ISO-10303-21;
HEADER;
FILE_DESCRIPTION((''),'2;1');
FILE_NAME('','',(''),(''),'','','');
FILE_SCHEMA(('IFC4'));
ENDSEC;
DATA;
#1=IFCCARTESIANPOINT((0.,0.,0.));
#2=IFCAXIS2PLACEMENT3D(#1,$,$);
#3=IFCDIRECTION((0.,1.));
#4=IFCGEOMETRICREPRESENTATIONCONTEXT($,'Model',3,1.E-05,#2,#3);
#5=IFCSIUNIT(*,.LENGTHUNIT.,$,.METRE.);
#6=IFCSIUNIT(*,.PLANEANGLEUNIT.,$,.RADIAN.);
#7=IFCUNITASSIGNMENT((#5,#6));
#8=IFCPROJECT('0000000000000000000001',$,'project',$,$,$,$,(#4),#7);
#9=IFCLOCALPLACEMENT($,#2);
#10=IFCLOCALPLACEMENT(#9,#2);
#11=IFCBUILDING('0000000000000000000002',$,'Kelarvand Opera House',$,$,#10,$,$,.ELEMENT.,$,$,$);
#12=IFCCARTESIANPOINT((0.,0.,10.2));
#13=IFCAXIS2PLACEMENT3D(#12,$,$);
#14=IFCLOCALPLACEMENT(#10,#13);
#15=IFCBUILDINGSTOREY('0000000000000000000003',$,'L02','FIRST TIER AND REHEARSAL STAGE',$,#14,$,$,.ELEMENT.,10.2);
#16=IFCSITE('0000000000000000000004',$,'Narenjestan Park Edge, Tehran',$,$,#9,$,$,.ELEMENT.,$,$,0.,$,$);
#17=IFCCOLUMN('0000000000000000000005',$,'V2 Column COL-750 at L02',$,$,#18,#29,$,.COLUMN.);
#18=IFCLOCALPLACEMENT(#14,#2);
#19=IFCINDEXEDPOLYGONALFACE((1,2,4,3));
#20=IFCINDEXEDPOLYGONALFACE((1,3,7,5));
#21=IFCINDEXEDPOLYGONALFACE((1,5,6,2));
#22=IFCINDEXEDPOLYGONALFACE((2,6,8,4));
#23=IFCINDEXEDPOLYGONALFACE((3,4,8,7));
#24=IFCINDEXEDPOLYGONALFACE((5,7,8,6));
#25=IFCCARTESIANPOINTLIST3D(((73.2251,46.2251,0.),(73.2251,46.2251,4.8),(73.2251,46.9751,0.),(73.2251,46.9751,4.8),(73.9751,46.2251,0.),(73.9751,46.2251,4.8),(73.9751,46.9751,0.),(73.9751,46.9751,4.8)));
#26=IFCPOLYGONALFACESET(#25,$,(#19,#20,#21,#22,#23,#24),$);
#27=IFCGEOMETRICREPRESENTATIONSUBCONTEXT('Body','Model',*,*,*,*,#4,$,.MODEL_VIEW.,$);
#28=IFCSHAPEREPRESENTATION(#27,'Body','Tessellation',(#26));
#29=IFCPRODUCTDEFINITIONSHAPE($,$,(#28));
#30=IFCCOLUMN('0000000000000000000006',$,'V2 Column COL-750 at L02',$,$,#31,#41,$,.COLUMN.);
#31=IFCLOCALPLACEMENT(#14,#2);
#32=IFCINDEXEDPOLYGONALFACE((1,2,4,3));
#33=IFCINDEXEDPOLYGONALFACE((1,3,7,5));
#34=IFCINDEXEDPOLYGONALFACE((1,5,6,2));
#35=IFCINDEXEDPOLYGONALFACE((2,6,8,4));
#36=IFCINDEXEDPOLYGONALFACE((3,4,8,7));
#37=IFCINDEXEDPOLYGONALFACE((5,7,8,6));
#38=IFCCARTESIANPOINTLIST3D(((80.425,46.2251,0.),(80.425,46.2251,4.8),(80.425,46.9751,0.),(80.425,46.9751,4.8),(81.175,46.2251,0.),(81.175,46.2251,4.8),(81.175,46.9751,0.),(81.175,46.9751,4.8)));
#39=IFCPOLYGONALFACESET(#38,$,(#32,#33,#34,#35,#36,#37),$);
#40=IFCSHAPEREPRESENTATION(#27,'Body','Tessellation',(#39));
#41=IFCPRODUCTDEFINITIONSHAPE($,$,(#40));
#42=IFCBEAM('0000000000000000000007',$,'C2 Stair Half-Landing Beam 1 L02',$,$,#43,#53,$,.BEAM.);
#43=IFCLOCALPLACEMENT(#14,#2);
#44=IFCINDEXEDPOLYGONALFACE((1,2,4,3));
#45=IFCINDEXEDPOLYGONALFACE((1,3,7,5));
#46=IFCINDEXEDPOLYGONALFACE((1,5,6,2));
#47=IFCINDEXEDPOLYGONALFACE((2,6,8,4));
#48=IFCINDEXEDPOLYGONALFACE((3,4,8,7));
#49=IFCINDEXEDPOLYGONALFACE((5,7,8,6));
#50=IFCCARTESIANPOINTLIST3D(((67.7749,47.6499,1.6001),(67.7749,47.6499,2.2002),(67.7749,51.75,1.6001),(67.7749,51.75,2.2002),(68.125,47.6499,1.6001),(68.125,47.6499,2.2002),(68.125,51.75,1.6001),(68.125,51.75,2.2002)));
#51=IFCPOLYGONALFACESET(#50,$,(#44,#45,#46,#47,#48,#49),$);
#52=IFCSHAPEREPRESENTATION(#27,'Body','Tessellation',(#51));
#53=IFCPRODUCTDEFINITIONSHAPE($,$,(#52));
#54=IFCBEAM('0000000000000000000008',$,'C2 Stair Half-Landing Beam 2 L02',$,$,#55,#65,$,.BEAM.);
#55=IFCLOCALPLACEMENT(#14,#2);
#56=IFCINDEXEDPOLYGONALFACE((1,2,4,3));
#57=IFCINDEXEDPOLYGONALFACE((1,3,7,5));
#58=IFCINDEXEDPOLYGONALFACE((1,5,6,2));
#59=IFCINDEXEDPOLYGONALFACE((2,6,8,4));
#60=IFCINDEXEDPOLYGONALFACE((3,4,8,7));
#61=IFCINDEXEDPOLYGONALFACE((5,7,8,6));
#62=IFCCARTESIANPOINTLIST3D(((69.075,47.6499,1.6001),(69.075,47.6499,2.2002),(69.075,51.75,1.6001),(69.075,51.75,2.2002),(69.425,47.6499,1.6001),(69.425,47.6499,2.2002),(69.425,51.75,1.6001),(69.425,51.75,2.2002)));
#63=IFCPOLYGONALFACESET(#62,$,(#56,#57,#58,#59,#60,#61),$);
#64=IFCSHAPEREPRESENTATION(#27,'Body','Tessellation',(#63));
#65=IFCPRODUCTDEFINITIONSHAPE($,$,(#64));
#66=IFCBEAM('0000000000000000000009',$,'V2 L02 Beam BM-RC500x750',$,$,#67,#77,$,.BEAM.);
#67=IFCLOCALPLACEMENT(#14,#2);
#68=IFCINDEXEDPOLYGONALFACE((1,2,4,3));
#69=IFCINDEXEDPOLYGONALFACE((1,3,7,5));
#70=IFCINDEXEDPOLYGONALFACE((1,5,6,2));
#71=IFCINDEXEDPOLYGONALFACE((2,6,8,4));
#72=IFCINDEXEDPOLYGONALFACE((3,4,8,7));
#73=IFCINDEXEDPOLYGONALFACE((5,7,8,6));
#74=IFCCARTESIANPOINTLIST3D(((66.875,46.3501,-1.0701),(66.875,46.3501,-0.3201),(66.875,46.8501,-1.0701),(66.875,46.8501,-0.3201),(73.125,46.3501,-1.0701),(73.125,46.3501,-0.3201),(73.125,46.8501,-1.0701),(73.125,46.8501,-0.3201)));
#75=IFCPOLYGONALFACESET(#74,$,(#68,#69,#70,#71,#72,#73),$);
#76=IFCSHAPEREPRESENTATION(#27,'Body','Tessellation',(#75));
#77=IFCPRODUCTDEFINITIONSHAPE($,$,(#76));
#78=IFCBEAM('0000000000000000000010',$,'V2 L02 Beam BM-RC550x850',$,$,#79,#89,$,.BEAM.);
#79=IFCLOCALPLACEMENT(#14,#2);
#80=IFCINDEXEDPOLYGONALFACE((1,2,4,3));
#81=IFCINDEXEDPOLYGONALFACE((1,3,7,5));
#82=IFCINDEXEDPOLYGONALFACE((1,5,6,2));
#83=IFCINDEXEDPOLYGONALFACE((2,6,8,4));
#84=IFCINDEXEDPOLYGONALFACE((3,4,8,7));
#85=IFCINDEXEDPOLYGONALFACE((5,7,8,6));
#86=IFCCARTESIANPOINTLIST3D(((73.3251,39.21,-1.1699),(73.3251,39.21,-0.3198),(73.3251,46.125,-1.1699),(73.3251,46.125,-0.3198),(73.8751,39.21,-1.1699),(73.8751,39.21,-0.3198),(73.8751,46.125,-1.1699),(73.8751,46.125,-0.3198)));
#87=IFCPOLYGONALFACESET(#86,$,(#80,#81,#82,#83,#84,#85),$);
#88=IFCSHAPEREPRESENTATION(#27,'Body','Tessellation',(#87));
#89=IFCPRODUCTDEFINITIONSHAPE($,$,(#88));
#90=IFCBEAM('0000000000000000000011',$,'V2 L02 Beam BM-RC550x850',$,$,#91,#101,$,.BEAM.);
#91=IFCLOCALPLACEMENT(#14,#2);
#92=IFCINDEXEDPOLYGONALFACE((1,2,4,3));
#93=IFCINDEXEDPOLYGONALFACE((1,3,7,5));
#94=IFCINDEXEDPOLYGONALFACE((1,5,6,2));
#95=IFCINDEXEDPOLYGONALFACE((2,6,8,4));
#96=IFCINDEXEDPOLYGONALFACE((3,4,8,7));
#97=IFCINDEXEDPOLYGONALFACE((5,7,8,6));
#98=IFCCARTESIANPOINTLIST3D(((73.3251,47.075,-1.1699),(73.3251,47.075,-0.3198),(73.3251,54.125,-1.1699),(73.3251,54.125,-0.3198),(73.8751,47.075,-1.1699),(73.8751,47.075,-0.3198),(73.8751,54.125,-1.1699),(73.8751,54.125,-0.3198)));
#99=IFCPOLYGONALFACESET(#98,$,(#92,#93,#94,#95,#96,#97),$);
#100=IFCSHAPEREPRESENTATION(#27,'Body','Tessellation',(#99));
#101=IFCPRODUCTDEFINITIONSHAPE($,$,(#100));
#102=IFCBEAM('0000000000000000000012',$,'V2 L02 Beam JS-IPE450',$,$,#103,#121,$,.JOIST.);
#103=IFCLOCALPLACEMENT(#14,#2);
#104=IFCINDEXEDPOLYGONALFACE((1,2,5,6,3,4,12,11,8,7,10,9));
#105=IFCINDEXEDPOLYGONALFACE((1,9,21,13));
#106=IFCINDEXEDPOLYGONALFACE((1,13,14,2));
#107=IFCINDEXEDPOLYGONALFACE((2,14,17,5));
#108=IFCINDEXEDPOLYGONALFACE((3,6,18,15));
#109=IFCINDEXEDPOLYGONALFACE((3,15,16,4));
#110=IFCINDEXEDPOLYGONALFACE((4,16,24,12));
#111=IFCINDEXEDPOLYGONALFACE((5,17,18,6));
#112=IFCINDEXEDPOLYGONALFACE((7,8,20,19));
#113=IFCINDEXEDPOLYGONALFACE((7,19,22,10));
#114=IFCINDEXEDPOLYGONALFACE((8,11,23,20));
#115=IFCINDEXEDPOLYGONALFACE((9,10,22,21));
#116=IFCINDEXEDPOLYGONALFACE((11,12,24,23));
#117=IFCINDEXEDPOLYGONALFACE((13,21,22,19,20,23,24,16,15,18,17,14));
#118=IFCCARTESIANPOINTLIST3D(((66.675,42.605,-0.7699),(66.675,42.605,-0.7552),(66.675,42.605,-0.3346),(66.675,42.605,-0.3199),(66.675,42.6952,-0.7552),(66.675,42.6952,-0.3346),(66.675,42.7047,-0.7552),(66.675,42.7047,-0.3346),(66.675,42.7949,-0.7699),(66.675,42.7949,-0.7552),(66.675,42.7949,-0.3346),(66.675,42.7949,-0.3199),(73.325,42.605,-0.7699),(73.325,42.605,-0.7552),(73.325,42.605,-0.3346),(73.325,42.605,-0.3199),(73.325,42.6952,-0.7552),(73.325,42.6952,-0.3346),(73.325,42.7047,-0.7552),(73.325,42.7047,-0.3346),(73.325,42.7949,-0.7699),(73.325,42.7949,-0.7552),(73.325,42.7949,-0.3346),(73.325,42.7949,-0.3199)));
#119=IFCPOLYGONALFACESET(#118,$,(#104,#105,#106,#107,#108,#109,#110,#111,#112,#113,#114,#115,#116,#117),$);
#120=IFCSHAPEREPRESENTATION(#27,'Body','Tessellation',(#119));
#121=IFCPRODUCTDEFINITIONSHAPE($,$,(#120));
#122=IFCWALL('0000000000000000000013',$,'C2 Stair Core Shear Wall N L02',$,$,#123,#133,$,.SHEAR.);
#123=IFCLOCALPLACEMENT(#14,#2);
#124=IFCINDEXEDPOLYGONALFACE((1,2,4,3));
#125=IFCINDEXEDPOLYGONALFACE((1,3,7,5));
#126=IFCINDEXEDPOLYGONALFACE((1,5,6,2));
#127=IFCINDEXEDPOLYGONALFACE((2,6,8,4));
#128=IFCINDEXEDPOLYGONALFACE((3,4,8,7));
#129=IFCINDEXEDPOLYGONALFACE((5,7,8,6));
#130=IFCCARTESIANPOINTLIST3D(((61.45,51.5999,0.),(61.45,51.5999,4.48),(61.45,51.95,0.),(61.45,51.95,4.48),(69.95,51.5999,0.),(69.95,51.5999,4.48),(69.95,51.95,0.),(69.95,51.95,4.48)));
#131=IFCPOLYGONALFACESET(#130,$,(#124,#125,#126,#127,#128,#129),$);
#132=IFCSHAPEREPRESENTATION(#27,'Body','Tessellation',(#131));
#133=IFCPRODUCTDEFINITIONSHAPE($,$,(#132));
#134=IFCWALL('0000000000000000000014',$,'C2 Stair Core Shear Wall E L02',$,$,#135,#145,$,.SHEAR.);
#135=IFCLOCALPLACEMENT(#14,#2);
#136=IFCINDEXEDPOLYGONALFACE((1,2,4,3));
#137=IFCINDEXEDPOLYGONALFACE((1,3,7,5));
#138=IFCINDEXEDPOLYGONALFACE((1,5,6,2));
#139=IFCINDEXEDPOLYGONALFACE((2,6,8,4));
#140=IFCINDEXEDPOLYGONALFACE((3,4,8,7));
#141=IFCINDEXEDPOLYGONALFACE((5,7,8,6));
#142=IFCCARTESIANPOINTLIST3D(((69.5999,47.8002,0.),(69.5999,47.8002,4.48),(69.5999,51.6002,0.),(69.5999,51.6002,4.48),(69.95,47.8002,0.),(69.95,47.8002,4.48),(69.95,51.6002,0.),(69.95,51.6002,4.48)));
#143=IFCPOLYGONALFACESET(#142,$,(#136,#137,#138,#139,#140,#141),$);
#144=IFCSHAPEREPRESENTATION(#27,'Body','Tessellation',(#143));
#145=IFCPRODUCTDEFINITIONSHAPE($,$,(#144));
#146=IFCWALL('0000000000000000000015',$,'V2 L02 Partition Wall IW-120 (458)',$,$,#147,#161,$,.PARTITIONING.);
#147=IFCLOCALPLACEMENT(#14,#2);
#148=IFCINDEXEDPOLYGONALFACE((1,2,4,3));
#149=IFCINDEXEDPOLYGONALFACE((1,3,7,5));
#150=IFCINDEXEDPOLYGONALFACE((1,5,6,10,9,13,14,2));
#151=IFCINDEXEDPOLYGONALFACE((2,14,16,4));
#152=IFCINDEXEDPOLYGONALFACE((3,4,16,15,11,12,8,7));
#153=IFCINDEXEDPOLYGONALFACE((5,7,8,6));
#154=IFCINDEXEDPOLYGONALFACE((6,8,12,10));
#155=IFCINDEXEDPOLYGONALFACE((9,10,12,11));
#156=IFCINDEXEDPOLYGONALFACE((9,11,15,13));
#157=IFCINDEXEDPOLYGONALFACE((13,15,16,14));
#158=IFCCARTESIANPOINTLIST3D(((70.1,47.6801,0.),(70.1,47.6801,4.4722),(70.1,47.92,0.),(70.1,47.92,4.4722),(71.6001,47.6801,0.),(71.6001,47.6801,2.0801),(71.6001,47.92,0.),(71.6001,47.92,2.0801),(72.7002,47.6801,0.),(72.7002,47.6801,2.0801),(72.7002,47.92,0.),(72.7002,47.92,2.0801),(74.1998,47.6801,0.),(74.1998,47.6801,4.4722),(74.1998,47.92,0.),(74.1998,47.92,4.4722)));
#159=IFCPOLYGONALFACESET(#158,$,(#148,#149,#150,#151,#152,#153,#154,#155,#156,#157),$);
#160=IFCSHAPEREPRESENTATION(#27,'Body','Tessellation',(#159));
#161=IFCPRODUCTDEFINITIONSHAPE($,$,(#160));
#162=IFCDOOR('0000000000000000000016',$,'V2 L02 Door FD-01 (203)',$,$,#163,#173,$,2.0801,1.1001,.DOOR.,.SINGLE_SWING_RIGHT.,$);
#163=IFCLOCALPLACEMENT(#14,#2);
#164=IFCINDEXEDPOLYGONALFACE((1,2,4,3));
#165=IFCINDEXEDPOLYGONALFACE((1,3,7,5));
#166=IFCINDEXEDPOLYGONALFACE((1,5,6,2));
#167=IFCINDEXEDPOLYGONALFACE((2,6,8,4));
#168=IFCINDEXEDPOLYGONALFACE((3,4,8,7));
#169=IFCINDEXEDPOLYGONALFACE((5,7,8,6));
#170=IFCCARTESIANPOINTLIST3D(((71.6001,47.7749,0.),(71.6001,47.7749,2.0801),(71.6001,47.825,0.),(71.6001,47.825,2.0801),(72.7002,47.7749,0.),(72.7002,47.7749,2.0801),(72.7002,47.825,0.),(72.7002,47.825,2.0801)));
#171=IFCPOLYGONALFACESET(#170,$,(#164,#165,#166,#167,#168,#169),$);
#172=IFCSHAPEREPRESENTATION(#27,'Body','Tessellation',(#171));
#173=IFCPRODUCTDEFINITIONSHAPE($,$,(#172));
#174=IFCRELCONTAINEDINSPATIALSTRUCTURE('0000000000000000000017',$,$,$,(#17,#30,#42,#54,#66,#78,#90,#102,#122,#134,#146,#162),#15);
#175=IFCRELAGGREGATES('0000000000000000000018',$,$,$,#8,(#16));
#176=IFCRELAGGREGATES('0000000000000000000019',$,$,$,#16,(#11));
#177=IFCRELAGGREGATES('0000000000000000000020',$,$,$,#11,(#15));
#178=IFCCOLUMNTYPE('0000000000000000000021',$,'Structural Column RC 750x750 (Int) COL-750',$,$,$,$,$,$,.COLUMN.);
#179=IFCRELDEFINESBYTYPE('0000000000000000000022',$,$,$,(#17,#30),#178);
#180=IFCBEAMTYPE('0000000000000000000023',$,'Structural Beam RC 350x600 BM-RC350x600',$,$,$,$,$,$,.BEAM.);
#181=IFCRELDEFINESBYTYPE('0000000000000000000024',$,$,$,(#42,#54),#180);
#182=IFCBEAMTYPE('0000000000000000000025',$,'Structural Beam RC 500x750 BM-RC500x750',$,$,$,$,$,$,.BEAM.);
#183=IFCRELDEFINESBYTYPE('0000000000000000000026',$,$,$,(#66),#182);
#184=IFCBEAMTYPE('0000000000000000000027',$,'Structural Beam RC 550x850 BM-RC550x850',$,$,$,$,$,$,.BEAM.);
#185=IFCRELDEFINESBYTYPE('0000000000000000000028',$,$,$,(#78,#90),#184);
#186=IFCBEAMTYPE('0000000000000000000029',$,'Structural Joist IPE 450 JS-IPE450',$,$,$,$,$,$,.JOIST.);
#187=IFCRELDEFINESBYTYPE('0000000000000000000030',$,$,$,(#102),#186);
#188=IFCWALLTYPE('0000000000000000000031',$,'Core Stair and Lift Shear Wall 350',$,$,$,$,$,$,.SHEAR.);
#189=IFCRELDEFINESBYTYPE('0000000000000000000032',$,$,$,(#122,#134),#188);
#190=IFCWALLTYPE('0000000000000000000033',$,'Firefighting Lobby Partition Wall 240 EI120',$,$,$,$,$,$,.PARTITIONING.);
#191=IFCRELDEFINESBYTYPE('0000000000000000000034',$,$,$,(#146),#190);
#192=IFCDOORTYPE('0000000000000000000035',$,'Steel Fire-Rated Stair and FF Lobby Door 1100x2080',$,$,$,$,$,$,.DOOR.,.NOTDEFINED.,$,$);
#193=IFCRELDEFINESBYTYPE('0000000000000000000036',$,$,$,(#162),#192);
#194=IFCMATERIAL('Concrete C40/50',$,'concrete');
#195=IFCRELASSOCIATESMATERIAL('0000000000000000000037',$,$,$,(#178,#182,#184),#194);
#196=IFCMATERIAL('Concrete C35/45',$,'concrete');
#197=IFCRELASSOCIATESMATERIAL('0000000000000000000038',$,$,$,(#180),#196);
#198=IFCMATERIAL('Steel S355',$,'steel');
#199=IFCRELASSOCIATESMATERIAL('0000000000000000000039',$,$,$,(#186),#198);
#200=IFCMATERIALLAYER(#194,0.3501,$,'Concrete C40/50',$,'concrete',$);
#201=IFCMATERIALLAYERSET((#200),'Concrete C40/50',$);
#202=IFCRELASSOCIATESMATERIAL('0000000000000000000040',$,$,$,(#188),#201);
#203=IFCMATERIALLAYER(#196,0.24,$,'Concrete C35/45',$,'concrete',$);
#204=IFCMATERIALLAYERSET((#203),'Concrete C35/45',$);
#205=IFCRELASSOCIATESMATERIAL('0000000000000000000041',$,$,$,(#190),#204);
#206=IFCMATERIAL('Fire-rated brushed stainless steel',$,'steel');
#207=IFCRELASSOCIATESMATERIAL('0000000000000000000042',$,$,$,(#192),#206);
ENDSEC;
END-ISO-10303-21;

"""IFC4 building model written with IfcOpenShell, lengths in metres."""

from ifc_helpers import new_model, si_unit, direction, frame, frame_2d, origin, origin_2d, place, context, subcontext, project, spatial, rectangle, i_section, extrude, material, layer, layer_set, material_profile, profile_set, type_object, element, fill, save


model = new_model("IFC4")

# Units and contexts
model_context = context("Model", 3, precision=1e-05, world=origin(), true_north=direction((0.0, 1.0)))
body_context = subcontext(model_context, "Body", "Model", "MODEL_VIEW")
ifc_project = project(units=[si_unit("LENGTHUNIT", "METRE"), si_unit("PLANEANGLEUNIT", "RADIAN")], contexts=[model_context])

# Site, building, storey
site_placement = place(None, origin())
site = spatial("IfcSite", under=ifc_project, at=site_placement, Name="Narenjestan Park Edge, Tehran", CompositionType="ELEMENT", RefElevation=0.0)
building_placement = place(site_placement, origin())
building = spatial("IfcBuilding", under=site, at=building_placement, Name="Kelarvand Opera House", CompositionType="ELEMENT")
storey_placement = place(building_placement, frame((0.0, 0.0, 10.2)))
storey = spatial("IfcBuildingStorey", under=building, at=storey_placement, Name="L02", Description="FIRST TIER AND REHEARSAL STAGE", CompositionType="ELEMENT", Elevation=10.2)

# Columns
ifc_material_1 = material(Name="Concrete C40/50", Category="concrete")
ifc_material_profile_1 = material_profile(ifc_material_1, rectangle(XDim=0.75, YDim=0.75, at=origin_2d()), Name="RC 750x750", Category="concrete")
ifc_profile_set_1 = profile_set([ifc_material_profile_1], Name="Concrete C40/50")
column_type = type_object("IfcColumnType", Name="Structural Column RC 750x750 (Int) COL-750", PredefinedType="COLUMN", material=ifc_profile_set_1)
for number, where, z_axis, x_axis, name in (
    (1, (73.6001, 46.6001, 0.0), (0.0, 0.0, 1.0), (1.0, 0.0, 0.0), "V2 Column COL-750 at L02"),
    (2, (80.8, 46.6001, 0.0), (0.0, 0.0, 1.0), (1.0, 0.0, 0.0), "V2 Column COL-750 at L02"),
):
    element("IfcColumn", number, at=place(storey_placement, frame(where, z_axis=z_axis, x_axis=x_axis)), inside=storey, type_object=column_type, Name=name, PredefinedType="COLUMN", context=body_context, shape_type="SweptSolid", body=[
        extrude(rectangle(XDim=0.75, YDim=0.75, at=origin_2d()), origin(), (0.0, 0.0, 1.0), 4.8),
    ])

# Beams
ifc_material_2 = material(Name="Concrete C35/45", Category="concrete")
ifc_material_profile_2 = material_profile(ifc_material_2, rectangle(XDim=0.3501, YDim=0.6001, at=origin_2d()), Name="RC 350x600", Category="concrete")
ifc_profile_set_2 = profile_set([ifc_material_profile_2], Name="Concrete C35/45")
beam_type_1 = type_object("IfcBeamType", Name="Structural Beam RC 350x600 BM-RC350x600", PredefinedType="BEAM", material=ifc_profile_set_2)
for number, where, z_axis, x_axis, name in (
    (3, (67.95, 47.6499, 1.9001), (0.0, 1.0, 0.0), (-1.0, 0.0, 0.0), "C2 Stair Half-Landing Beam 1 L02"),
    (4, (69.25, 47.6499, 1.9001), (0.0, 1.0, 0.0), (-1.0, 0.0, 0.0), "C2 Stair Half-Landing Beam 2 L02"),
):
    element("IfcBeam", number, at=place(storey_placement, frame(where, z_axis=z_axis, x_axis=x_axis)), inside=storey, type_object=beam_type_1, Name=name, PredefinedType="BEAM", context=body_context, shape_type="SweptSolid", body=[
        extrude(rectangle(XDim=0.3501, YDim=0.6001, at=origin_2d()), origin(), (0.0, 0.0, 1.0), 4.1001),
    ])
ifc_material_profile_3 = material_profile(ifc_material_1, rectangle(XDim=0.5, YDim=0.75, at=origin_2d()), Name="RC 500x750", Category="concrete")
ifc_profile_set_3 = profile_set([ifc_material_profile_3], Name="Concrete C40/50")
beam_type_2 = type_object("IfcBeamType", Name="Structural Beam RC 500x750 BM-RC500x750", PredefinedType="BEAM", material=ifc_profile_set_3)
beam_1_placement = place(storey_placement, frame((66.875, 46.6001, -0.6951), z_axis=(1.0, 0.0, 0.0), x_axis=(0.0, 1.0, 0.0)))
element("IfcBeam", 5, at=beam_1_placement, inside=storey, type_object=beam_type_2, Name="V2 L02 Beam BM-RC500x750", PredefinedType="BEAM", context=body_context, shape_type="SweptSolid", body=[
    extrude(rectangle(XDim=0.5, YDim=0.75, at=origin_2d()), origin(), (0.0, 0.0, 1.0), 6.25),
])
ifc_material_profile_4 = material_profile(ifc_material_1, rectangle(XDim=0.55, YDim=0.8501, at=origin_2d()), Name="RC 550x850", Category="concrete")
ifc_profile_set_4 = profile_set([ifc_material_profile_4], Name="Concrete C40/50")
beam_type_3 = type_object("IfcBeamType", Name="Structural Beam RC 550x850 BM-RC550x850", PredefinedType="BEAM", material=ifc_profile_set_4)
beam_2_placement = place(storey_placement, frame((73.6001, 39.21, -0.7449), z_axis=(0.0, 1.0, 0.0), x_axis=(-1.0, 0.0, 0.0)))
element("IfcBeam", 6, at=beam_2_placement, inside=storey, type_object=beam_type_3, Name="V2 L02 Beam BM-RC550x850", PredefinedType="BEAM", context=body_context, shape_type="SweptSolid", body=[
    extrude(rectangle(XDim=0.55, YDim=0.8501, at=origin_2d()), origin(), (0.0, 0.0, 1.0), 6.915),
])
beam_3_placement = place(storey_placement, frame((73.6001, 47.075, -0.7449), z_axis=(0.0, 1.0, 0.0), x_axis=(-1.0, 0.0, 0.0)))
element("IfcBeam", 7, at=beam_3_placement, inside=storey, type_object=beam_type_3, Name="V2 L02 Beam BM-RC550x850", PredefinedType="BEAM", context=body_context, shape_type="SweptSolid", body=[
    extrude(rectangle(XDim=0.55, YDim=0.8501, at=origin_2d()), origin(), (0.0, 0.0, 1.0), 7.05),
])
ifc_material_3 = material(Name="Steel S355", Category="steel")
ifc_material_profile_5 = material_profile(ifc_material_3, i_section(OverallWidth=0.1899, OverallDepth=0.45, WebThickness=0.0095, FlangeThickness=0.0146, at=origin_2d()), Name="IPE 450", Category="steel")
ifc_profile_set_5 = profile_set([ifc_material_profile_5], Name="Steel S355")
beam_type_4 = type_object("IfcBeamType", Name="Structural Joist IPE 450 JS-IPE450", PredefinedType="JOIST", material=ifc_profile_set_5)
beam_4_placement = place(storey_placement, frame((66.675, 42.7, -0.5449), z_axis=(1.0, 0.0, 0.0), x_axis=(0.0, 1.0, 0.0)))
element("IfcBeam", 8, at=beam_4_placement, inside=storey, type_object=beam_type_4, Name="V2 L02 Beam JS-IPE450", PredefinedType="JOIST", context=body_context, shape_type="SweptSolid", body=[
    extrude(i_section(OverallWidth=0.1899, OverallDepth=0.45, WebThickness=0.0095, FlangeThickness=0.0146, at=origin_2d()), origin(), (0.0, 0.0, 1.0), 6.6499),
])

# Walls
ifc_layer_1 = layer(ifc_material_1, 0.3501, Name="Concrete C40/50", Category="concrete")
ifc_layer_set_1 = layer_set([ifc_layer_1], Name="Concrete C40/50")
wall_type_1 = type_object("IfcWallType", Name="Core Stair and Lift Shear Wall 350", PredefinedType="SHEAR", material=ifc_layer_set_1)
wall_1_placement = place(storey_placement, frame((69.95, 51.7749, 0.0), z_axis=(0.0, 0.0, 1.0), x_axis=(-1.0, 0.0, 0.0)))
element("IfcWall", 9, at=wall_1_placement, inside=storey, type_object=wall_type_1, Name="C2 Stair Core Shear Wall N L02", PredefinedType="SHEAR", context=body_context, shape_type="SweptSolid", body=[
    extrude(rectangle(XDim=8.5, YDim=0.3501, at=frame_2d((4.25, 0.0))), origin(), (0.0, 0.0, 1.0), 4.48),
])
wall_2_placement = place(storey_placement, frame((69.7749, 51.6001, 0.0), z_axis=(0.0, 0.0, 1.0), x_axis=(0.0, -1.0, 0.0)))
element("IfcWall", 10, at=wall_2_placement, inside=storey, type_object=wall_type_1, Name="C2 Stair Core Shear Wall E L02", PredefinedType="SHEAR", context=body_context, shape_type="SweptSolid", body=[
    extrude(rectangle(XDim=3.8, YDim=0.3501, at=frame_2d((1.8999, 0.0))), origin(), (0.0, 0.0, 1.0), 4.48),
])

# Wall, opening, door
ifc_layer_2 = layer(ifc_material_2, 0.24, Name="Concrete C35/45", Category="concrete")
ifc_layer_set_2 = layer_set([ifc_layer_2], Name="Concrete C35/45")
wall_type_2 = type_object("IfcWallType", Name="Firefighting Lobby Partition Wall 240 EI120", PredefinedType="PARTITIONING", material=ifc_layer_set_2)
wall_3_placement = place(storey_placement, frame((70.1001, 47.8, 0.0), z_axis=(0.0, 0.0, 1.0), x_axis=(1.0, 0.0, 0.0)))
wall_3 = element("IfcWall", 11, at=wall_3_placement, inside=storey, type_object=wall_type_2, Name="V2 L02 Partition Wall IW-120 (458)", PredefinedType="PARTITIONING", context=body_context, shape_type="SweptSolid", body=[
    extrude(rectangle(XDim=4.0999, YDim=0.24, at=frame_2d((2.0498, 0.0))), origin(), (0.0, 0.0, 1.0), 4.4722),
])
opening_1_placement = place(wall_3_placement, frame((1.5, 0.0, 0.0)))
opening_1 = element("IfcOpeningElement", 12, at=opening_1_placement, cuts=wall_3, PredefinedType="OPENING", context=body_context, shape_type="SweptSolid", body=[
    extrude(rectangle(XDim=1.1001, YDim=2.0801, at=frame_2d((0.55, 1.04))), frame((0.0, 0.1299, 0.0), z_axis=(0.0, -1.0, 0.0), x_axis=(1.0, 0.0, 0.0)), (0.0, 0.0, 1.0), 0.26),
])
ifc_material_4 = material(Name="Fire-rated brushed stainless steel", Category="steel")
door_type_1 = type_object("IfcDoorType", Name="Steel Fire-Rated Stair and FF Lobby Door 1100x2080", OperationType="NOTDEFINED", PredefinedType="DOOR", material=ifc_material_4)
door_1_placement = place(opening_1_placement, origin())
door_1 = element("IfcDoor", 13, at=door_1_placement, inside=storey, type_object=door_type_1, Name="V2 L02 Door FD-01 (203)", OperationType="SINGLE_SWING_RIGHT", OverallHeight=2.0801, OverallWidth=1.1001, PredefinedType="DOOR", context=body_context, shape_type="SweptSolid", body=[
    extrude(rectangle(XDim=1.1001, YDim=2.0801, at=frame_2d((0.55, 1.04))), frame((0.0, 0.0249, 0.0), z_axis=(0.0, -1.0, 0.0), x_axis=(1.0, 0.0, 0.0)), (0.0, 0.0, 1.0), 0.05),
])
fill(opening_1, door_1)

save(model, "model.ifc")
